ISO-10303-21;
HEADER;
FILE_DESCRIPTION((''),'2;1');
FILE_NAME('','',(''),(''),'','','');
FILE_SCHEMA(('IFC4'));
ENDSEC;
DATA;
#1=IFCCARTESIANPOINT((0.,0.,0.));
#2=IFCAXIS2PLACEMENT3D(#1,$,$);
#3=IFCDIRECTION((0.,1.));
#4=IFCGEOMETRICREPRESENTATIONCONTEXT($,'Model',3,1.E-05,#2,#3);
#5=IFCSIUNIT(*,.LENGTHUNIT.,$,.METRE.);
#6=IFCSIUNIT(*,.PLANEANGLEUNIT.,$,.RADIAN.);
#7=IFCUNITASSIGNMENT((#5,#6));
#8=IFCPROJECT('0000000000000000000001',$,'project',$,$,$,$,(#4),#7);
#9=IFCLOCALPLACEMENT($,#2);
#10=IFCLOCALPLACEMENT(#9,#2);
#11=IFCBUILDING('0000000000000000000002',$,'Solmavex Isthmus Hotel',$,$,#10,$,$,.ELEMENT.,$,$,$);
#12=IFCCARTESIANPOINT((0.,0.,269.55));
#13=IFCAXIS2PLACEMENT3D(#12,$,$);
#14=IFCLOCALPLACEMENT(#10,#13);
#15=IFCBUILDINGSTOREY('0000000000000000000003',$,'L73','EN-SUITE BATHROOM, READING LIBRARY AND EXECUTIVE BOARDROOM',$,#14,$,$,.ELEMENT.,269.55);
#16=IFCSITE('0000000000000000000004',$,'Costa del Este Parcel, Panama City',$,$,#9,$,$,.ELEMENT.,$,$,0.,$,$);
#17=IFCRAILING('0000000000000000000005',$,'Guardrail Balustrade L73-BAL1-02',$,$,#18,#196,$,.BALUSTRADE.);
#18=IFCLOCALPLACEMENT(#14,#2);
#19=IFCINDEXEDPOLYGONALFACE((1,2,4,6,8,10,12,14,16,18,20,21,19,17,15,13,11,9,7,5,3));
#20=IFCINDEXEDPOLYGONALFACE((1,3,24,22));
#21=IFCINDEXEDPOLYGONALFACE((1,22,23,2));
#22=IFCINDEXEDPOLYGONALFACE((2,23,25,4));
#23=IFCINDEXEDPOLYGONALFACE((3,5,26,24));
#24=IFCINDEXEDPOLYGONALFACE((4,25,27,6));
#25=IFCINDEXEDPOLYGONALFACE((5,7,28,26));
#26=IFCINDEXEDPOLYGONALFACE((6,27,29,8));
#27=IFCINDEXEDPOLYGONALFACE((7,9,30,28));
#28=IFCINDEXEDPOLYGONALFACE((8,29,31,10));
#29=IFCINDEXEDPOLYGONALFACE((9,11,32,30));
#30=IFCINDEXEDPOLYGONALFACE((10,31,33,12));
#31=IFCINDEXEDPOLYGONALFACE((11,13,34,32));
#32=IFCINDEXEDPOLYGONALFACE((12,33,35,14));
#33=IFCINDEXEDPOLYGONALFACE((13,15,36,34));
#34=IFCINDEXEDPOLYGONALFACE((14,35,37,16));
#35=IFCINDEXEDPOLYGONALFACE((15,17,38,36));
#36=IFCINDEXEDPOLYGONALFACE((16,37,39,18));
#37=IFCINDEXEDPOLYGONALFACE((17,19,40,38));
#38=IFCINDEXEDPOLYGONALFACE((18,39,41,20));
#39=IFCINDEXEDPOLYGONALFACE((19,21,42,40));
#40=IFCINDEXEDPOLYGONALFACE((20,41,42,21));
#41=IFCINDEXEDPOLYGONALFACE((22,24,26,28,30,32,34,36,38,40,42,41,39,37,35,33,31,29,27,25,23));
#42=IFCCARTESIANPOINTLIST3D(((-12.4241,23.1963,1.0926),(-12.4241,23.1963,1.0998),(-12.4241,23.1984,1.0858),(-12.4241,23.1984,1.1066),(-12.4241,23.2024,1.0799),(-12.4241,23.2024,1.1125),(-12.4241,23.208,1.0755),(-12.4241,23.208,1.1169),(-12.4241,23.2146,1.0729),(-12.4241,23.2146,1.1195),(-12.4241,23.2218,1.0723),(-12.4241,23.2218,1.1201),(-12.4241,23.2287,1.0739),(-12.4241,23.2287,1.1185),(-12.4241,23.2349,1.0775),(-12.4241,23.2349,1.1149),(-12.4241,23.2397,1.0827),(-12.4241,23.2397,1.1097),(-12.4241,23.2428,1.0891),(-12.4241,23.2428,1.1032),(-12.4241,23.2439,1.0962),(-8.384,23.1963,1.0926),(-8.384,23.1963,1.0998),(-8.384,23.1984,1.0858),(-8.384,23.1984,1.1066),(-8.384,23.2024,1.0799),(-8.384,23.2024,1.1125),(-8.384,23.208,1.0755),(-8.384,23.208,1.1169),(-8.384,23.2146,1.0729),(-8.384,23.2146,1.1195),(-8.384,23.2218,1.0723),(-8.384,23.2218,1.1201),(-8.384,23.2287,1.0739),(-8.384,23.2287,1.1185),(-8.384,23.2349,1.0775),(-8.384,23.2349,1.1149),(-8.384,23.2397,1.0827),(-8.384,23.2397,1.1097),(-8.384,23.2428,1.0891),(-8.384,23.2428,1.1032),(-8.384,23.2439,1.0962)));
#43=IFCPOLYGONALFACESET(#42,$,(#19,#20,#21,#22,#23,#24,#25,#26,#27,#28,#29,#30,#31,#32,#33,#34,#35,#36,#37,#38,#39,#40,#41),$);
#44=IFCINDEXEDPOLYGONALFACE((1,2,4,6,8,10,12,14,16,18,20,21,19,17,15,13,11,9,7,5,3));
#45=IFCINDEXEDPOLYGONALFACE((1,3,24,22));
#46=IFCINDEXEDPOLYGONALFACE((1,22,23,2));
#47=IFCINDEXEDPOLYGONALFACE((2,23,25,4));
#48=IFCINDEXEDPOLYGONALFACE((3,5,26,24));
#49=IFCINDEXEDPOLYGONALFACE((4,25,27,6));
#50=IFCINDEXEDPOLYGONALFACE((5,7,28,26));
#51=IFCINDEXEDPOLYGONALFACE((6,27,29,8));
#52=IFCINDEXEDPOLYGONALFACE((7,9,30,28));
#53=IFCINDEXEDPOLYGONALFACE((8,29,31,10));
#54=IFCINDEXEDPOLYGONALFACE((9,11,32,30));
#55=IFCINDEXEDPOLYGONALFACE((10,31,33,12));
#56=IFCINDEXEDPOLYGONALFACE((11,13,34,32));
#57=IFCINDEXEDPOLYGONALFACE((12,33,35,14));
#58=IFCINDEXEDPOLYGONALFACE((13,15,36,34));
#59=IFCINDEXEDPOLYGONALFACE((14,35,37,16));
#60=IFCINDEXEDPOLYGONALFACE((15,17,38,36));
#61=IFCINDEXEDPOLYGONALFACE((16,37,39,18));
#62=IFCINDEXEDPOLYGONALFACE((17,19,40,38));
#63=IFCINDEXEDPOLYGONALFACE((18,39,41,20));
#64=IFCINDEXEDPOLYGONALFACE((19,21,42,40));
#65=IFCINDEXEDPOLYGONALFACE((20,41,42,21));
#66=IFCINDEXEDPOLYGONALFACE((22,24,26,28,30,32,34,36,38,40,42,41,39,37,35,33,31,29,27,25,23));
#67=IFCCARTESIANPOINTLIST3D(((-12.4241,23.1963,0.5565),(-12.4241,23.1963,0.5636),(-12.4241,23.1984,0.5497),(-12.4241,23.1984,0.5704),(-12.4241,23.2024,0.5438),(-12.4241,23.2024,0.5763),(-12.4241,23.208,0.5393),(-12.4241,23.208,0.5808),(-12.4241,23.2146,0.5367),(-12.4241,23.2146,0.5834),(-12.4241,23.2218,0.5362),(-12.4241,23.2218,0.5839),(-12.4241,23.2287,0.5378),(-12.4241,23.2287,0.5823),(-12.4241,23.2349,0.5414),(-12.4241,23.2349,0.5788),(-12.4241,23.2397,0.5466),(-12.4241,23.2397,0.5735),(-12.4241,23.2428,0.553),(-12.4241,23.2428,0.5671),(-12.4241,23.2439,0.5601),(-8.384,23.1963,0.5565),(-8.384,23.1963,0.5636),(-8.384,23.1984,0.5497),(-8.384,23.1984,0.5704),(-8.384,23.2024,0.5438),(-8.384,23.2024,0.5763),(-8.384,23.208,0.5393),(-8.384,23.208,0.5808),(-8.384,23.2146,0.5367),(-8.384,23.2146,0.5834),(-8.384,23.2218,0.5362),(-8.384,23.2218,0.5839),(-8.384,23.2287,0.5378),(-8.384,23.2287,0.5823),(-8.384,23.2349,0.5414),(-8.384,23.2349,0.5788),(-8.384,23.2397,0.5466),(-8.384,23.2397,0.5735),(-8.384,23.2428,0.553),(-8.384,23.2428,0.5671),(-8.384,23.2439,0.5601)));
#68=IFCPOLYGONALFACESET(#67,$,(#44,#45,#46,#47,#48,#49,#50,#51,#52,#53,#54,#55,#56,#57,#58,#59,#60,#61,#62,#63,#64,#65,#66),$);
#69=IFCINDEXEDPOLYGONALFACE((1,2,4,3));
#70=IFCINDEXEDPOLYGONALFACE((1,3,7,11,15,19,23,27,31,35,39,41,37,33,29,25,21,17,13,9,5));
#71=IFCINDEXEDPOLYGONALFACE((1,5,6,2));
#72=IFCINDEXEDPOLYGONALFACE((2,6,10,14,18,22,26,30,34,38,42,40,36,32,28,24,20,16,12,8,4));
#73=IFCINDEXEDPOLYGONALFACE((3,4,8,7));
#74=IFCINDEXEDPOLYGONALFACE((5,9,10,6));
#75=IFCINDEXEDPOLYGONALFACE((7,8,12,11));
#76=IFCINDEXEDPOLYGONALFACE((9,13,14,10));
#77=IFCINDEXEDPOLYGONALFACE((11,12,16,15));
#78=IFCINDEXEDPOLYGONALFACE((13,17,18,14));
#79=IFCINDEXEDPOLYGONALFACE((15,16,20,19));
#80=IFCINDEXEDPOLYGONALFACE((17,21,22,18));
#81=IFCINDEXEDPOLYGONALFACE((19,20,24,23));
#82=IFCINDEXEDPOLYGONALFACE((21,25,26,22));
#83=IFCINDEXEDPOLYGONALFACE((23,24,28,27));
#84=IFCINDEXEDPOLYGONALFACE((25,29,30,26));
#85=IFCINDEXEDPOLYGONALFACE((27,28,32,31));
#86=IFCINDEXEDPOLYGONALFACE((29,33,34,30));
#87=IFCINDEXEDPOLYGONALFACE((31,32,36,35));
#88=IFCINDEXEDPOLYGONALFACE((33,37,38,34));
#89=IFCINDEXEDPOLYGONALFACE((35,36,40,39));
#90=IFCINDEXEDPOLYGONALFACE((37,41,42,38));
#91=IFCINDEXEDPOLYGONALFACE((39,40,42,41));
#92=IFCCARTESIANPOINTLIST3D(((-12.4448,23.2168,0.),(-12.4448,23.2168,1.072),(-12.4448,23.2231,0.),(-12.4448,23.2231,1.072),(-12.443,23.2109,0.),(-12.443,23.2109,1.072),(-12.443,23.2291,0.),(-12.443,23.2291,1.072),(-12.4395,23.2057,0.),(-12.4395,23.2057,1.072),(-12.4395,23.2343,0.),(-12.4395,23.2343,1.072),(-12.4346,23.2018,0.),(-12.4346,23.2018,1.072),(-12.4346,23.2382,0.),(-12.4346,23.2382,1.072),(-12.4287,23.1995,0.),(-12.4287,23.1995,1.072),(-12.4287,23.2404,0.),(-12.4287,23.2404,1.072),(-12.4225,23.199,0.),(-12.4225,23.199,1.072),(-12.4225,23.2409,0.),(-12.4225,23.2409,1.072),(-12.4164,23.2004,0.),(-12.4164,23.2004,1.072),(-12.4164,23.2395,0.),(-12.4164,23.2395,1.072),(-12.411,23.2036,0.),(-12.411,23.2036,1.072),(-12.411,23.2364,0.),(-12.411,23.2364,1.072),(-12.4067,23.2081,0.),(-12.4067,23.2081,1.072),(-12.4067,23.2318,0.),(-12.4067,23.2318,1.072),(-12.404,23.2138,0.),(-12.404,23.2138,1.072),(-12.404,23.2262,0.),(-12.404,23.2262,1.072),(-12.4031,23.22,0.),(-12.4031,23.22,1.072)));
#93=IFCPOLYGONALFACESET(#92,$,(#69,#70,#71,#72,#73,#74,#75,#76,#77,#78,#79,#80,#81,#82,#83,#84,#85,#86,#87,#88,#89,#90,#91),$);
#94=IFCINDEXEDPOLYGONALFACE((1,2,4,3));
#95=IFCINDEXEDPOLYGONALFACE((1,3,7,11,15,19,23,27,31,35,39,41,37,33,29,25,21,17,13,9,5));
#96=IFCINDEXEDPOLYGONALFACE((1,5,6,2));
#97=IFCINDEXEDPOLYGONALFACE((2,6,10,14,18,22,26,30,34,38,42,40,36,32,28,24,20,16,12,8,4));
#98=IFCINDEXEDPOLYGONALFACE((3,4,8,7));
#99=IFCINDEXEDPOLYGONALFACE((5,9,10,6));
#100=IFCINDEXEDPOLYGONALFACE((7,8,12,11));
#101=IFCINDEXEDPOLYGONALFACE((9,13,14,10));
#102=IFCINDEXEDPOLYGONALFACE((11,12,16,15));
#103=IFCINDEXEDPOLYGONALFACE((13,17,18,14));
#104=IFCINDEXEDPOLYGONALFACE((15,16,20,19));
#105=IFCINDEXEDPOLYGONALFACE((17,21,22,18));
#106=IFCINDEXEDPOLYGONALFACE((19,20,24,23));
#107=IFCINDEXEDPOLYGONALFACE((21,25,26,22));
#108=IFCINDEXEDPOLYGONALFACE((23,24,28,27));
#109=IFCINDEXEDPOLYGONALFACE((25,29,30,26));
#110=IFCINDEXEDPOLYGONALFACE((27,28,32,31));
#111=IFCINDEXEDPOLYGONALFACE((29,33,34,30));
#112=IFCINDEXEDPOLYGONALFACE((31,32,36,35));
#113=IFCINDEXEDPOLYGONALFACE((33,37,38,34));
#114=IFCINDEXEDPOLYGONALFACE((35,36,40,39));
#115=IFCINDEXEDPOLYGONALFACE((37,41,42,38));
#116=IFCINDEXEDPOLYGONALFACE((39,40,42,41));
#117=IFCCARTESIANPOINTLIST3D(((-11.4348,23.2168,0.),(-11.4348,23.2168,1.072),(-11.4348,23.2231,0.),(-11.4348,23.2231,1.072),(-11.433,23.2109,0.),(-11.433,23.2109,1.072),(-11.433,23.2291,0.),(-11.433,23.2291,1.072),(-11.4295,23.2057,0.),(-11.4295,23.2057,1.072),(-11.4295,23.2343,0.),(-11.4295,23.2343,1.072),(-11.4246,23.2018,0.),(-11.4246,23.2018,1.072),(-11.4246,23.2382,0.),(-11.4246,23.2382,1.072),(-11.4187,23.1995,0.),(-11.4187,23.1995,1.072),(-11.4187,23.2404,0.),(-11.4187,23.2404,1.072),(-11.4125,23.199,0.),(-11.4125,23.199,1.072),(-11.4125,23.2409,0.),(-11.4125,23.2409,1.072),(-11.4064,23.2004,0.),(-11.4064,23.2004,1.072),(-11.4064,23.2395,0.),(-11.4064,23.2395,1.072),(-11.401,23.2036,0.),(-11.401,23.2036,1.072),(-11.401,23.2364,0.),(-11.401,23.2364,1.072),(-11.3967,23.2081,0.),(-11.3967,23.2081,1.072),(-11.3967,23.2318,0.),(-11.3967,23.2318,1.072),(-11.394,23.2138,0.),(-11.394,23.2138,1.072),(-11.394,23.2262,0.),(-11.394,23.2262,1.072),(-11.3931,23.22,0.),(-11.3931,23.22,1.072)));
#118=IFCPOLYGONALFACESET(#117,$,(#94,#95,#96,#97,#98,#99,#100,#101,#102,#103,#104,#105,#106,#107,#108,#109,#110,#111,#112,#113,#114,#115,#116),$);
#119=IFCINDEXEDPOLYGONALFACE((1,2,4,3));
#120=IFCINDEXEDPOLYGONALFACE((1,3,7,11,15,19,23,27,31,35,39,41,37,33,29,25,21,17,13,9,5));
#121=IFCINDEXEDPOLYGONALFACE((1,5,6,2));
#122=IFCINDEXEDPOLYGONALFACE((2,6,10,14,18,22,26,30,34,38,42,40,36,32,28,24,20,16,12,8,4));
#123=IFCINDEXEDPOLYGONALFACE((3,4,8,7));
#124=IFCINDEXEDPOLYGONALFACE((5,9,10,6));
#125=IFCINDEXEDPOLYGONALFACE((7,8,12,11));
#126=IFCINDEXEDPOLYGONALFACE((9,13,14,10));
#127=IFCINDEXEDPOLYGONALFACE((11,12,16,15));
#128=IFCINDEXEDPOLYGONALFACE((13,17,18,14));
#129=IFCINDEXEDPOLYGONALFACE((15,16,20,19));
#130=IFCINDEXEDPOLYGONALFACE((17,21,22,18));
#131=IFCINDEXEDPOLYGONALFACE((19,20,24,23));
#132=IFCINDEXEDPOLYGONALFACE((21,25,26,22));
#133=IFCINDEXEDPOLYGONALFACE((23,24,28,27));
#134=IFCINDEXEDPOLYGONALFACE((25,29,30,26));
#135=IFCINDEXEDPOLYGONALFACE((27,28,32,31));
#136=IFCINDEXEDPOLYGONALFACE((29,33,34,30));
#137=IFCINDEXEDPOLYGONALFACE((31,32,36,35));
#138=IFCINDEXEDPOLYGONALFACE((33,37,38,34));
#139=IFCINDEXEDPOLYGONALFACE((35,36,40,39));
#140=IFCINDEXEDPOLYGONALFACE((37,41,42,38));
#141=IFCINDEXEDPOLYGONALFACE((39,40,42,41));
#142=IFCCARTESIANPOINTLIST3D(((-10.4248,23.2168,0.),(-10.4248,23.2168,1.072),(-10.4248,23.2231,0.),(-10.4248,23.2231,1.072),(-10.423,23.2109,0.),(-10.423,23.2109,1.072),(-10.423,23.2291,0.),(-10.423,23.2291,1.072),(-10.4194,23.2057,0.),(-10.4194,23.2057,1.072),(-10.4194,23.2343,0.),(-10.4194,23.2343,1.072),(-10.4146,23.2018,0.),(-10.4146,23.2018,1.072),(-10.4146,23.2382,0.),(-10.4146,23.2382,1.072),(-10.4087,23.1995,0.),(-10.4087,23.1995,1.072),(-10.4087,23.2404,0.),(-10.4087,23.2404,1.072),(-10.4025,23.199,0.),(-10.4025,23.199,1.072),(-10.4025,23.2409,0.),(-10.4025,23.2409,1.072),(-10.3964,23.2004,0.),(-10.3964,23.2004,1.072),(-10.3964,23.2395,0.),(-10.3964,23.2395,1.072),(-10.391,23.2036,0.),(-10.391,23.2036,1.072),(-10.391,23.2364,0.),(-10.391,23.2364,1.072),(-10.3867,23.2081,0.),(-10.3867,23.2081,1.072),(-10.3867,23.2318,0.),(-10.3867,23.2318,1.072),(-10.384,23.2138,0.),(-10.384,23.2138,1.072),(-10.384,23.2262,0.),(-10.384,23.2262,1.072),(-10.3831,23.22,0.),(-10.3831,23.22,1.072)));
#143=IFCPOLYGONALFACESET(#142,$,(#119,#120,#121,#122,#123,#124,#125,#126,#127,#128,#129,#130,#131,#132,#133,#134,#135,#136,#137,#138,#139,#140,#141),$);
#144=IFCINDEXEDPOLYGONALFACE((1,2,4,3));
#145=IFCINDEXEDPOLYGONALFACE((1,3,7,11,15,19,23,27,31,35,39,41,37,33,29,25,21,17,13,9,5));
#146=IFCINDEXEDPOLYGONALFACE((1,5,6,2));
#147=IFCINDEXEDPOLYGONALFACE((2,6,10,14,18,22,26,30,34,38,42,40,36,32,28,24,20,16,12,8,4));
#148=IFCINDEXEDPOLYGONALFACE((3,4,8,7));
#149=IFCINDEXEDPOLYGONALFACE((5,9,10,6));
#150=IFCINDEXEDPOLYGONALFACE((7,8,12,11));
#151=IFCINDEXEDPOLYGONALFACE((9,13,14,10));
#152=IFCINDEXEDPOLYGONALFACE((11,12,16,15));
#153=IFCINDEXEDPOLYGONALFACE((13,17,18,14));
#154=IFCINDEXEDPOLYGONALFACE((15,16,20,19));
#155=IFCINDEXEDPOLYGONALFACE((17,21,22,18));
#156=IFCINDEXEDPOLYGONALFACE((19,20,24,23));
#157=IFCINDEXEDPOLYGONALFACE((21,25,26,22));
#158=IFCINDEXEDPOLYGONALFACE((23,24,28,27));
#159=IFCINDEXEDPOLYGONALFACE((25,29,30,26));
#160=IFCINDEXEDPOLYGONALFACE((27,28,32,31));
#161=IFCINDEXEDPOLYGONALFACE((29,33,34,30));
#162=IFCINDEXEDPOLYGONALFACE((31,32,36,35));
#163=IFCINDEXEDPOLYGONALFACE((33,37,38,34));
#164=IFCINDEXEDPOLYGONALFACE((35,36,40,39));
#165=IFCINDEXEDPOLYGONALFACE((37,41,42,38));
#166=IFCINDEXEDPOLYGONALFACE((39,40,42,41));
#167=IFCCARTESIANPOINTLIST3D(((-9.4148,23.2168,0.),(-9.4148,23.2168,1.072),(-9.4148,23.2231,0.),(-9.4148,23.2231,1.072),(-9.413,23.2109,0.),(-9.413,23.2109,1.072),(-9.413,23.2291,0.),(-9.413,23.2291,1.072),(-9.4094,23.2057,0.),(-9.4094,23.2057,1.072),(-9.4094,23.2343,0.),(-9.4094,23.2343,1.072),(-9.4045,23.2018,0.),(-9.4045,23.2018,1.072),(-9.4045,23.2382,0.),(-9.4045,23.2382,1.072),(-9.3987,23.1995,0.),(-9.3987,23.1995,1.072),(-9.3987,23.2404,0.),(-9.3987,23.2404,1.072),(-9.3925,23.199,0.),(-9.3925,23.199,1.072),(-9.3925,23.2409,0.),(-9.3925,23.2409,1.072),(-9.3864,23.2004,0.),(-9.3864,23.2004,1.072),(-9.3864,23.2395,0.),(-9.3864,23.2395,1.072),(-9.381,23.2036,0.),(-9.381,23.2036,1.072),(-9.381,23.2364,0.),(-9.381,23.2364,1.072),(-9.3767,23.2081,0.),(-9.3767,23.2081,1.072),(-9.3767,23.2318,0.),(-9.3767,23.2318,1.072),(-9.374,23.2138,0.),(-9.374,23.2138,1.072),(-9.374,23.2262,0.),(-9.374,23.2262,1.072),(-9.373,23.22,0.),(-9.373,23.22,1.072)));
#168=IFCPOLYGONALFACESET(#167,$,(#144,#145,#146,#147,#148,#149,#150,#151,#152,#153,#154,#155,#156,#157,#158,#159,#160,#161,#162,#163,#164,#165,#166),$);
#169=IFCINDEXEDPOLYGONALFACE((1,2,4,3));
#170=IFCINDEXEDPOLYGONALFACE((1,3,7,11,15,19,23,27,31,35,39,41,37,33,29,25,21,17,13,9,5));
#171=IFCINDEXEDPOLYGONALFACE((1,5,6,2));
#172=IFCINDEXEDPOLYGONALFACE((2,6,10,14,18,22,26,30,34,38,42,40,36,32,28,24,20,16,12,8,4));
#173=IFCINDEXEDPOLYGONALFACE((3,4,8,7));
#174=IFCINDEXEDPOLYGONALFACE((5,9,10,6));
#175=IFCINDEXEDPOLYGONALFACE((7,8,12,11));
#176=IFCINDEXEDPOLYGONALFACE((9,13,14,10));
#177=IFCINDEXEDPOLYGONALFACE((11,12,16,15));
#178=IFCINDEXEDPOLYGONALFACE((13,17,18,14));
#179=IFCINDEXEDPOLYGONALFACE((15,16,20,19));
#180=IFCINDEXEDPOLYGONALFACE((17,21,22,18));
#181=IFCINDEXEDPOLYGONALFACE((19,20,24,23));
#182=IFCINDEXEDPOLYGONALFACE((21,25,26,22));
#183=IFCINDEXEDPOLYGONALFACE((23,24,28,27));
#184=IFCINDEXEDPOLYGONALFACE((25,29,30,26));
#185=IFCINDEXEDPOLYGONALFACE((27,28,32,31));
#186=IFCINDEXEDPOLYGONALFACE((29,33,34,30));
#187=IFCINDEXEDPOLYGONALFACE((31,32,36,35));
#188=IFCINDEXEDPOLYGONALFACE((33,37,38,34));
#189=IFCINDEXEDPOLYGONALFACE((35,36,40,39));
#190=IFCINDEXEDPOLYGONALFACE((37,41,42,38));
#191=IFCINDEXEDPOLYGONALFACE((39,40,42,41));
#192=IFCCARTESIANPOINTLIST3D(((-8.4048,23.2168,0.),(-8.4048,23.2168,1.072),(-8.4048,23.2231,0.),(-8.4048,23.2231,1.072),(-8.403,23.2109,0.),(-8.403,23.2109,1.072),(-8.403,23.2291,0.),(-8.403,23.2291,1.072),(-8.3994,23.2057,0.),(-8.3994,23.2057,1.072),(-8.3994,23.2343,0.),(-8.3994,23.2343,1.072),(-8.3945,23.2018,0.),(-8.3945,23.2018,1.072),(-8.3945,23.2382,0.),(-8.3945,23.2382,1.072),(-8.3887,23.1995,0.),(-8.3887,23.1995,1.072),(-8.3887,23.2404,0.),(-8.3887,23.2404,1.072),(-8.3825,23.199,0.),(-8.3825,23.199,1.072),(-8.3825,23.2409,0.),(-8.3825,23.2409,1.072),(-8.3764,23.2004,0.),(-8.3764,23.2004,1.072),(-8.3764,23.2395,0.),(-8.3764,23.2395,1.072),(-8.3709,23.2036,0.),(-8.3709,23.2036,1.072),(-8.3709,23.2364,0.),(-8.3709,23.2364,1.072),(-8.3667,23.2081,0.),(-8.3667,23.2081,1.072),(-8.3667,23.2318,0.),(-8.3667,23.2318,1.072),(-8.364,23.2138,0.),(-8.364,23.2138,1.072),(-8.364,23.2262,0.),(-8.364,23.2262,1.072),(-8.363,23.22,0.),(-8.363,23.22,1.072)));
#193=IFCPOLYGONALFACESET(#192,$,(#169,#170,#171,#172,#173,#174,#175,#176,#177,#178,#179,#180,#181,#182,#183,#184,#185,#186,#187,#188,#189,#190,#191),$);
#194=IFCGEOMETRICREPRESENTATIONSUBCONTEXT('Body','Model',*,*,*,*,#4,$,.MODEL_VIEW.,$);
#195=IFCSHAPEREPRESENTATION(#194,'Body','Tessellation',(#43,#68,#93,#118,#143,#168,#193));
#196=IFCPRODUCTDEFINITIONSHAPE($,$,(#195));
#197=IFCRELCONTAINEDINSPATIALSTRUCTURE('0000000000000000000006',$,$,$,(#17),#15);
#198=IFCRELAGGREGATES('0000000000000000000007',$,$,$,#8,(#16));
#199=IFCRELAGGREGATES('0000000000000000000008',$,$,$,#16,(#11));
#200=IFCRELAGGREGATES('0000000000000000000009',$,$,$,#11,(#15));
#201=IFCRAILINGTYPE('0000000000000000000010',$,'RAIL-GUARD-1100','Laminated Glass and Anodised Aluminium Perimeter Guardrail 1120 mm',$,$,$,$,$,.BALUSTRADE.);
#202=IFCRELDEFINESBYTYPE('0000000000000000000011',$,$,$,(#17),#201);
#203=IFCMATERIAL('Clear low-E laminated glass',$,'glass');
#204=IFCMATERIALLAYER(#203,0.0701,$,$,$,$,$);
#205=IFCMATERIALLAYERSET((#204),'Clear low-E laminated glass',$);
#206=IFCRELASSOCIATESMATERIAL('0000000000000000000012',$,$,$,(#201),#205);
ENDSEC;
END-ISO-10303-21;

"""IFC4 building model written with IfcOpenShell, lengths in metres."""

from ifc_helpers import new_model, si_unit, direction, frame, origin, origin_2d, place, context, subcontext, project, spatial, circle, extrude, material, layer, layer_set, type_object, element, save


model = new_model("IFC4")

# Units and contexts
model_context = context("Model", 3, precision=1e-05, world=origin(), true_north=direction((0.0, 1.0)))
body_context = subcontext(model_context, "Body", "Model", "MODEL_VIEW")
ifc_project = project(units=[si_unit("LENGTHUNIT", "METRE"), si_unit("PLANEANGLEUNIT", "RADIAN")], contexts=[model_context])

# Site, building, storey
site_placement = place(None, origin())
site = spatial("IfcSite", under=ifc_project, at=site_placement, Name="Costa del Este Parcel, Panama City", CompositionType="ELEMENT", RefElevation=0.0)
building_placement = place(site_placement, origin())
building = spatial("IfcBuilding", under=site, at=building_placement, Name="Solmavex Isthmus Hotel", CompositionType="ELEMENT")
storey_placement = place(building_placement, frame((0.0, 0.0, 269.55)))
storey = spatial("IfcBuildingStorey", under=building, at=storey_placement, Name="L73", Description="EN-SUITE BATHROOM, READING LIBRARY AND EXECUTIVE BOARDROOM", CompositionType="ELEMENT", Elevation=269.55)

# Shared definitions
ifc_material_1 = material(Name="Clear low-E laminated glass", Category="glass")

# Railing
ifc_layer_1 = layer(ifc_material_1, 0.0701)
ifc_layer_set_1 = layer_set([ifc_layer_1], Name="Clear low-E laminated glass")
railing_type_1 = type_object("IfcRailingType", Name="RAIL-GUARD-1100", Description="Laminated Glass and Anodised Aluminium Perimeter Guardrail 1120 mm", PredefinedType="BALUSTRADE", material=ifc_layer_set_1)
railing_1_placement = place(storey_placement, frame((-12.4241, 23.22, 0.0)))
element("IfcRailing", 1, at=railing_1_placement, inside=storey, type_object=railing_type_1, Name="Guardrail Balustrade L73-BAL1-02", PredefinedType="BALUSTRADE", context=body_context, shape_type="SweptSolid", body=[
    extrude(circle(Radius=0.0239, at=origin_2d()), frame((0.0, 0.0, 1.0962), z_axis=(1.0, 0.0, 0.0), x_axis=(0.0, 1.0, 0.0)), (0.0, 0.0, 1.0), 4.04),
    extrude(circle(Radius=0.0239, at=origin_2d()), frame((0.0, 0.0, 0.5601), z_axis=(1.0, 0.0, 0.0), x_axis=(0.0, 1.0, 0.0)), (0.0, 0.0, 1.0), 4.04),
    extrude(circle(Radius=0.021, at=origin_2d()), origin(), (0.0, 0.0, 1.0), 1.072),
    extrude(circle(Radius=0.021, at=origin_2d()), frame((1.01, 0.0, 0.0)), (0.0, 0.0, 1.0), 1.072),
    extrude(circle(Radius=0.021, at=origin_2d()), frame((2.02, 0.0, 0.0)), (0.0, 0.0, 1.0), 1.072),
    extrude(circle(Radius=0.021, at=origin_2d()), frame((3.03, 0.0, 0.0)), (0.0, 0.0, 1.0), 1.072),
    extrude(circle(Radius=0.021, at=origin_2d()), frame((4.04, 0.0, 0.0)), (0.0, 0.0, 1.0), 1.072),
])

save(model, "model.ifc")
